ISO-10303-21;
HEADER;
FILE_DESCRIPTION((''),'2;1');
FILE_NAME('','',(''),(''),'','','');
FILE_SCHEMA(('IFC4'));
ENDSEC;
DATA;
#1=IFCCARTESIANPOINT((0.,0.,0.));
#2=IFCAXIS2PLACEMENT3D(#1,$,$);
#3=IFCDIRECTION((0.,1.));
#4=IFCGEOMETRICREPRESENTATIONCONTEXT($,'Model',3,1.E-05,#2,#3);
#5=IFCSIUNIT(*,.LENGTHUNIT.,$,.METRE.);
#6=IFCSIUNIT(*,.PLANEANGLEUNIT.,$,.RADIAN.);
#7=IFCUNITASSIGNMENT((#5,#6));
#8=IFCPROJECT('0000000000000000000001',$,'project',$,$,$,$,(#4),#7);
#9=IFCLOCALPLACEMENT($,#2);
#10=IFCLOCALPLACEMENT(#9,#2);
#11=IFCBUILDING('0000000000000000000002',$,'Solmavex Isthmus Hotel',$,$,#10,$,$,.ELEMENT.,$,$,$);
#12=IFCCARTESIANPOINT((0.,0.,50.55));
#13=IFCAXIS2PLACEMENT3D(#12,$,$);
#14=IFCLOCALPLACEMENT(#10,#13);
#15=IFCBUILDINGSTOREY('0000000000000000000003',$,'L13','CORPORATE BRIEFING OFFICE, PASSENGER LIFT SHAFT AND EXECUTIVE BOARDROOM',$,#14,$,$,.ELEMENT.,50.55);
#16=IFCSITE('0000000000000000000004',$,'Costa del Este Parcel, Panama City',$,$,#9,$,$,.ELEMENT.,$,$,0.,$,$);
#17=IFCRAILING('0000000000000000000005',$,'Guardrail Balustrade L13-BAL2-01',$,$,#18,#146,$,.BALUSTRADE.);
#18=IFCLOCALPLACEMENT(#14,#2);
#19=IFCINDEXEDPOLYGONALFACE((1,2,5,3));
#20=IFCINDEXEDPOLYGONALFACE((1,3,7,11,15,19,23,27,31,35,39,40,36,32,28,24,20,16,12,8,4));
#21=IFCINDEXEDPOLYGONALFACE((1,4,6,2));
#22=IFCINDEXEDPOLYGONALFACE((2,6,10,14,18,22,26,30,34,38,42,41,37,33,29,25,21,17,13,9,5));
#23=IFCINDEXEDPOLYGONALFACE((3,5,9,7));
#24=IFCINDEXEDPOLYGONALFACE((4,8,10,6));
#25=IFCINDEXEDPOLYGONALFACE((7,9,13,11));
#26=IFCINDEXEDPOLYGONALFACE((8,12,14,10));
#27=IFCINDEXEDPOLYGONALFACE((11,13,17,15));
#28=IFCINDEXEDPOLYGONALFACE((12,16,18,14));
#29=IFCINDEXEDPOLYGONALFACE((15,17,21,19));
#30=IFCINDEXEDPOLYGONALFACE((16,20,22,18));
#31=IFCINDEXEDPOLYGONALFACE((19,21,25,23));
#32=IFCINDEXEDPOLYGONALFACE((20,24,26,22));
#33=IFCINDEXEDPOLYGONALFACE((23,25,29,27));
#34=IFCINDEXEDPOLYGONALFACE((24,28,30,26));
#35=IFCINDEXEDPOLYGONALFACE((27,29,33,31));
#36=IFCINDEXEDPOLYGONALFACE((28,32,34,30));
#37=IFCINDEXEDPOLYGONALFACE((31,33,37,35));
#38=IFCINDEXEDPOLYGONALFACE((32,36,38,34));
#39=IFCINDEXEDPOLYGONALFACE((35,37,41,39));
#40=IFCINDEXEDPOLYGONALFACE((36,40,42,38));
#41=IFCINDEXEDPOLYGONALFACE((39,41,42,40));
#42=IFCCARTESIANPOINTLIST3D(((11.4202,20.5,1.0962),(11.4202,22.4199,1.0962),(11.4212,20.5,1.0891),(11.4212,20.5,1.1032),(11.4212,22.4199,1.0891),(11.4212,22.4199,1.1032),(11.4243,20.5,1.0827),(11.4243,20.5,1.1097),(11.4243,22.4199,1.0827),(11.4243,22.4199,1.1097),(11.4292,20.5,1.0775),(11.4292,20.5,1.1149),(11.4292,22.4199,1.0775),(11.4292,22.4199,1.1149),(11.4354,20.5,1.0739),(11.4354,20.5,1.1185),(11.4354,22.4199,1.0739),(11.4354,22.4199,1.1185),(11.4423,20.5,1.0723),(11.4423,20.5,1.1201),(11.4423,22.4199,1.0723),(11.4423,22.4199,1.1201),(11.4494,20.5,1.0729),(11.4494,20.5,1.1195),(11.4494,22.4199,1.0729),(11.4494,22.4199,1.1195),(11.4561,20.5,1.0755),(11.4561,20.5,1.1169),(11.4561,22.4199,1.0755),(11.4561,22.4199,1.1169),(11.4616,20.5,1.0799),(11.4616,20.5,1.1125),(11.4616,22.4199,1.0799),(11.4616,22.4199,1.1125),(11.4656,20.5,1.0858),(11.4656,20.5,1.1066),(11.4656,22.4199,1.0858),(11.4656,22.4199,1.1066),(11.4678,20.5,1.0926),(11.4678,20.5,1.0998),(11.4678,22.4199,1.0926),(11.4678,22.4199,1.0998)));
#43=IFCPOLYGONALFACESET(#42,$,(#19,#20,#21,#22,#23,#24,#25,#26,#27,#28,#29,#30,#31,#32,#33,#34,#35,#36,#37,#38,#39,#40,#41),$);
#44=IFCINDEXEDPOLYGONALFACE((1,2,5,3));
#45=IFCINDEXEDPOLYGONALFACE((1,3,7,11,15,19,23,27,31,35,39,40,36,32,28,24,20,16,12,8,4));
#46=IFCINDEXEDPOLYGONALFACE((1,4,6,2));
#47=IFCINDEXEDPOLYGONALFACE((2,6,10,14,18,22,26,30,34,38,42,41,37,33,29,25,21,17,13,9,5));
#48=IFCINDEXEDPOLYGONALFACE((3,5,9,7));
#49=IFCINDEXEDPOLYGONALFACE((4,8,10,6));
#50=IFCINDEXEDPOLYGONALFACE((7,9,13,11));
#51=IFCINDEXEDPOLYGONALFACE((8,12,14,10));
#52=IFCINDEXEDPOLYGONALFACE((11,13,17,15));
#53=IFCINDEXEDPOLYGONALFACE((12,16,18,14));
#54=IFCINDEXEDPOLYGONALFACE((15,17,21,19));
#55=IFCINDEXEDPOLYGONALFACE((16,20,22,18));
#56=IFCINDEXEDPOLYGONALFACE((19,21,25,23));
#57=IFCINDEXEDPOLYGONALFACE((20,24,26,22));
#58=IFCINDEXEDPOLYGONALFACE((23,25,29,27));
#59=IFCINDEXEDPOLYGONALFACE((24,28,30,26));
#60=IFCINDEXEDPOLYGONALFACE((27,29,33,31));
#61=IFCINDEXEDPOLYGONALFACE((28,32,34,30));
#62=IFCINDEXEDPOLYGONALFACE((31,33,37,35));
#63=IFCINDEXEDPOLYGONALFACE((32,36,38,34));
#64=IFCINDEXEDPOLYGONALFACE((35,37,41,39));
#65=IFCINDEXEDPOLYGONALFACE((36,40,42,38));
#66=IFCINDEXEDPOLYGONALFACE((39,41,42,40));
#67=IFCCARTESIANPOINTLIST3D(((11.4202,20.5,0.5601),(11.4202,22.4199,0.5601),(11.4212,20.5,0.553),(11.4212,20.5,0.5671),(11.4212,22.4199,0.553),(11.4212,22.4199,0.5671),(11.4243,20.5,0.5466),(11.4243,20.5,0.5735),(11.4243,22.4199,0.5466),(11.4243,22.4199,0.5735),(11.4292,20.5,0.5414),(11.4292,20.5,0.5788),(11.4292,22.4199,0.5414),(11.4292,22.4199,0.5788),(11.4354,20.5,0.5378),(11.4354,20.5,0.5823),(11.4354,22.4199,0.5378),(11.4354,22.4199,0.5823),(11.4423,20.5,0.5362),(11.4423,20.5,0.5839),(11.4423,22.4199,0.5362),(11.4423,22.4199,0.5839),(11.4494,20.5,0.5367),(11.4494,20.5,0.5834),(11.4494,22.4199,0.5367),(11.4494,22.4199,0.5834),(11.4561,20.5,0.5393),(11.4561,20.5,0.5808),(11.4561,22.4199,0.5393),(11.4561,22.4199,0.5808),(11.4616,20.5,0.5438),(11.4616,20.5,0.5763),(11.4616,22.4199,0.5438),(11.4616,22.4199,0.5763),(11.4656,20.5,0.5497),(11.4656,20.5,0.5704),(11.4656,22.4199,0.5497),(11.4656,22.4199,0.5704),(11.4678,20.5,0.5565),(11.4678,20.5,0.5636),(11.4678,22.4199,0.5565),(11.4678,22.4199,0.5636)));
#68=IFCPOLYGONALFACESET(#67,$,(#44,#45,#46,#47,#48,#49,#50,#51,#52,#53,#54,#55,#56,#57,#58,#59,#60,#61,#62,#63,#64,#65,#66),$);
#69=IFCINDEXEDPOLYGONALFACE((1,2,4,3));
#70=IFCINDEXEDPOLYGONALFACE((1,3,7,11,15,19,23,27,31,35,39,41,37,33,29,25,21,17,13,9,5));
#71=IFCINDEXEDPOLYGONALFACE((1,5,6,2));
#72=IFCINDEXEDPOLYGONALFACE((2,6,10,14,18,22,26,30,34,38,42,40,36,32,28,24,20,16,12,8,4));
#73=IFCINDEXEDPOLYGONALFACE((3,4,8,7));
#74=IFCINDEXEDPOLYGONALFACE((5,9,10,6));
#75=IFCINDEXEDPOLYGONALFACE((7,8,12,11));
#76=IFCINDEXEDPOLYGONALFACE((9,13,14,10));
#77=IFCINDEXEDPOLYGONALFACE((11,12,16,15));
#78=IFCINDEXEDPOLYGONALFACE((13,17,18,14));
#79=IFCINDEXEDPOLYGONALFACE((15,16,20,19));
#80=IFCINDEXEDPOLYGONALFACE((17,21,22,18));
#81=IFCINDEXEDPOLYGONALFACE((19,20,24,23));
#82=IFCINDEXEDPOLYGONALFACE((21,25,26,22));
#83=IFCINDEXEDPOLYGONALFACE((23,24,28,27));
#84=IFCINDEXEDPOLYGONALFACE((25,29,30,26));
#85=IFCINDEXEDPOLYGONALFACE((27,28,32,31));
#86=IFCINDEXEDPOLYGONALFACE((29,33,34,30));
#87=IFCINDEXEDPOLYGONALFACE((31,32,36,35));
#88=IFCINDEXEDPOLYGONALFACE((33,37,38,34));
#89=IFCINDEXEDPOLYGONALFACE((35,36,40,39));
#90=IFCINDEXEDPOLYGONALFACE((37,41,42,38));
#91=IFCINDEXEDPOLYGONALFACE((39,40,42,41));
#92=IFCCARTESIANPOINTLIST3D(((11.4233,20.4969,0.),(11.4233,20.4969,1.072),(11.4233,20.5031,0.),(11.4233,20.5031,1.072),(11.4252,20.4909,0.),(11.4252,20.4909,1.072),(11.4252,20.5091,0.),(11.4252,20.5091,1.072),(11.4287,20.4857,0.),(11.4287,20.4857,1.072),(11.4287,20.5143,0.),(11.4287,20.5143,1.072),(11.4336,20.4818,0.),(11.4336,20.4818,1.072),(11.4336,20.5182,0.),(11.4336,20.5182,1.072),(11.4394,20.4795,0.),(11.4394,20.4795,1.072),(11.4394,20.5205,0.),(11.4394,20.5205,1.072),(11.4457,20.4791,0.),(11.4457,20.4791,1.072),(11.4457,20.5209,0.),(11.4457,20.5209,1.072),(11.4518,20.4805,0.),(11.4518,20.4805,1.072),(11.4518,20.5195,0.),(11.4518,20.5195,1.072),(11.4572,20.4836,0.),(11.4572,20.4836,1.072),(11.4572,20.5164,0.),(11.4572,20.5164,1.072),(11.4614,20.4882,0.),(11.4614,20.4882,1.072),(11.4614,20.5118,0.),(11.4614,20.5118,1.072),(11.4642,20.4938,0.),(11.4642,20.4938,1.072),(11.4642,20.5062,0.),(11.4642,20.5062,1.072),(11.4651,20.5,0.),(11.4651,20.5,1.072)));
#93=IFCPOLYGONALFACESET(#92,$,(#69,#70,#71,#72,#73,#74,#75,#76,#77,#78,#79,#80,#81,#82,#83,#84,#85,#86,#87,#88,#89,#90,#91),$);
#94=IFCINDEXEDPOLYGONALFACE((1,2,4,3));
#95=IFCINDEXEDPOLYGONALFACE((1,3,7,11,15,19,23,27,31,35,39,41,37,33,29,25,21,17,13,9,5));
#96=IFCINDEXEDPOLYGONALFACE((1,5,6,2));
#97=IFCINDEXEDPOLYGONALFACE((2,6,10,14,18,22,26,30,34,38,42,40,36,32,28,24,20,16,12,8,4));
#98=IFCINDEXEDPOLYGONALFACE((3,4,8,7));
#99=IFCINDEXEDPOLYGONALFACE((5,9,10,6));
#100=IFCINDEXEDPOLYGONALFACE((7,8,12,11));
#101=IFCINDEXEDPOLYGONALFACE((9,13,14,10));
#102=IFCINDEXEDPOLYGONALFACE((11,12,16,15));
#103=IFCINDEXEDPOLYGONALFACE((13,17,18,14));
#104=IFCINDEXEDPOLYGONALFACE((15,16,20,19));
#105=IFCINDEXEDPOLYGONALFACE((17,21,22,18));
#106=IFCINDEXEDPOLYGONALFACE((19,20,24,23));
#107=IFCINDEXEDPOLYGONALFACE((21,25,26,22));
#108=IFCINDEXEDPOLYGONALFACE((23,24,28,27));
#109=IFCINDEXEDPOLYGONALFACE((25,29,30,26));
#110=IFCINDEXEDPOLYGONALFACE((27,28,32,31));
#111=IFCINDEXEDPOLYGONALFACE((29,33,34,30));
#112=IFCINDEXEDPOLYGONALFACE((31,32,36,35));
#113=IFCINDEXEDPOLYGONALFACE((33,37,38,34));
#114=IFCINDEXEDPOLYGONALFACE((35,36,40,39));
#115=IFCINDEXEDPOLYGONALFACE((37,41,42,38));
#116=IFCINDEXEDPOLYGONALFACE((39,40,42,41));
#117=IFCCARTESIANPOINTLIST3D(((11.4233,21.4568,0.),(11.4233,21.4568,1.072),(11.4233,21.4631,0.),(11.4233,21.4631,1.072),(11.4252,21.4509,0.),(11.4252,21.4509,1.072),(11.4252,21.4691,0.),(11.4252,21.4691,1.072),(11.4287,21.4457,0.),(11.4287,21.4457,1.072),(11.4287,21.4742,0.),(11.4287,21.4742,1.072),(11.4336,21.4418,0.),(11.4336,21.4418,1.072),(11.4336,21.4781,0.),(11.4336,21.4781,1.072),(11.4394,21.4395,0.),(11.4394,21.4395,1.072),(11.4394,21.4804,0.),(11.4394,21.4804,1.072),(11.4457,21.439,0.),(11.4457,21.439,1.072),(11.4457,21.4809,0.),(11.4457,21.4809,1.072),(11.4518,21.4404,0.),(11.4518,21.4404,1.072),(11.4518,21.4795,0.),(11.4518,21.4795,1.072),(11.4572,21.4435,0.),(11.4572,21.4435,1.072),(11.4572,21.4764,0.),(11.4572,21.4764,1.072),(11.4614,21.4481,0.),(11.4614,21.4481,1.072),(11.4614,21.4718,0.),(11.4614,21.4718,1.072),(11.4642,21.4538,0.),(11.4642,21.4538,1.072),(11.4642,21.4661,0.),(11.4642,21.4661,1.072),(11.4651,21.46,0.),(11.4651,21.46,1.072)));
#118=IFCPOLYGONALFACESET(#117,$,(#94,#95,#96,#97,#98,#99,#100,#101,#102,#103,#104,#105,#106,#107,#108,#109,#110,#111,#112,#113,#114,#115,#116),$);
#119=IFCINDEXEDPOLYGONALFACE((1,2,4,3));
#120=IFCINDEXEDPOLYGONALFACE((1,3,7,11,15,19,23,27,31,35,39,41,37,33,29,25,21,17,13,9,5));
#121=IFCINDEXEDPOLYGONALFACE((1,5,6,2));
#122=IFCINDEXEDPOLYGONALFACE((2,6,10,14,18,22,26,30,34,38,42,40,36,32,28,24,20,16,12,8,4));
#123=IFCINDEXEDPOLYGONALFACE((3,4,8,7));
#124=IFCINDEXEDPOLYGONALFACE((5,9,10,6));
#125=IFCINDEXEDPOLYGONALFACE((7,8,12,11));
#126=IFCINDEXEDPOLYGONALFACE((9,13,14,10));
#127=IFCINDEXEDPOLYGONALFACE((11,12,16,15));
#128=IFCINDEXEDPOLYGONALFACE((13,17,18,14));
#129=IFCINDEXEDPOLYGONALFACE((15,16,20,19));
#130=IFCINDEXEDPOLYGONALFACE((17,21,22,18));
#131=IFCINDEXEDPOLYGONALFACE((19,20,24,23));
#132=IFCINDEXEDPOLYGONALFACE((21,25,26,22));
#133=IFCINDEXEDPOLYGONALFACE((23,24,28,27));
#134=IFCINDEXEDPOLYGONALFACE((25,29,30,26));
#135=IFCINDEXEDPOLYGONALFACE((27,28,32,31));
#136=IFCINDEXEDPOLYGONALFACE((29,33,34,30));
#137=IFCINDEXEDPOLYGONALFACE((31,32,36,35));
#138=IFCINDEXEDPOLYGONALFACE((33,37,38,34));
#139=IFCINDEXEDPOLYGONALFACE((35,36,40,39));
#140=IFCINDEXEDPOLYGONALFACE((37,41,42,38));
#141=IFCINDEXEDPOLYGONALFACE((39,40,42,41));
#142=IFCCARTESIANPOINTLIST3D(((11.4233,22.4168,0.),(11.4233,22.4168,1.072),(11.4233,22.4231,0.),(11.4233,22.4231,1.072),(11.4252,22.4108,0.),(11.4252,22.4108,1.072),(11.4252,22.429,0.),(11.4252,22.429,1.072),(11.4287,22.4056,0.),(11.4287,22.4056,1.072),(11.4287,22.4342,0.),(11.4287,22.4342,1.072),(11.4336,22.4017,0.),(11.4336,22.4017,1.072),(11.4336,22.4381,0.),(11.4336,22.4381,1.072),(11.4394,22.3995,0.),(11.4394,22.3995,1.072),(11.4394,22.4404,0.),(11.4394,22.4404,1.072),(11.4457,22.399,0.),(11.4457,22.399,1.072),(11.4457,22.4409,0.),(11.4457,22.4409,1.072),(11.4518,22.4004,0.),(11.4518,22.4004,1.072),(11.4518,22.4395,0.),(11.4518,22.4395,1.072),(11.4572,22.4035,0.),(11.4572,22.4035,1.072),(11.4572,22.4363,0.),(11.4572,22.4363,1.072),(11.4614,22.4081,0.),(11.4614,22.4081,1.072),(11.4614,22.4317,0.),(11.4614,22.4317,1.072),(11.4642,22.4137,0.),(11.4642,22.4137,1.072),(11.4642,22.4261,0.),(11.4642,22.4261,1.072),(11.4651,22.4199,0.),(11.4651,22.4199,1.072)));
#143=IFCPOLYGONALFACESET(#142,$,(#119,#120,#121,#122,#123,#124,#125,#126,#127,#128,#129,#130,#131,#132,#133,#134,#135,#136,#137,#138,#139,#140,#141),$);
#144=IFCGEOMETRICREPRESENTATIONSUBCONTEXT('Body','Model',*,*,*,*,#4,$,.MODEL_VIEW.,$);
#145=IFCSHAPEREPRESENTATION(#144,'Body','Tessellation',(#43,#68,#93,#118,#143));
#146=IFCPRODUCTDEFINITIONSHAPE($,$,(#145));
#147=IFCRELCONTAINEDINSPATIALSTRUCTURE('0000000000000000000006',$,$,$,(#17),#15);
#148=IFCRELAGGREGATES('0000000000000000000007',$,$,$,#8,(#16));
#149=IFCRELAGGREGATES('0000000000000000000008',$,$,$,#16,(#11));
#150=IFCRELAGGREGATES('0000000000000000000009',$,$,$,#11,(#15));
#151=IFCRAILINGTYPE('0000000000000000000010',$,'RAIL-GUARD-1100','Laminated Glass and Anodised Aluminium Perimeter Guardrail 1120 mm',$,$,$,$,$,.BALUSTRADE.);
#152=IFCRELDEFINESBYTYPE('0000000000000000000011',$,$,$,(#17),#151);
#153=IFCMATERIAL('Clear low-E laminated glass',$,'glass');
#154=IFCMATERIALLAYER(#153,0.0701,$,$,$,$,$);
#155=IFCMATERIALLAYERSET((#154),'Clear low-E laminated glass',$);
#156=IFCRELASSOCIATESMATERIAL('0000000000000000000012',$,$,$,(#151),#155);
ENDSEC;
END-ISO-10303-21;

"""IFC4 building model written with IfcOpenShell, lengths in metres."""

from ifc_helpers import new_model, si_unit, direction, frame, origin, origin_2d, place, context, subcontext, project, spatial, circle, extrude, material, layer, layer_set, type_object, element, save


model = new_model("IFC4")

# Units and contexts
model_context = context("Model", 3, precision=1e-05, world=origin(), true_north=direction((0.0, 1.0)))
body_context = subcontext(model_context, "Body", "Model", "MODEL_VIEW")
ifc_project = project(units=[si_unit("LENGTHUNIT", "METRE"), si_unit("PLANEANGLEUNIT", "RADIAN")], contexts=[model_context])

# Site, building, storey
site_placement = place(None, origin())
site = spatial("IfcSite", under=ifc_project, at=site_placement, Name="Costa del Este Parcel, Panama City", CompositionType="ELEMENT", RefElevation=0.0)
building_placement = place(site_placement, origin())
building = spatial("IfcBuilding", under=site, at=building_placement, Name="Solmavex Isthmus Hotel", CompositionType="ELEMENT")
storey_placement = place(building_placement, frame((0.0, 0.0, 50.55)))
storey = spatial("IfcBuildingStorey", under=building, at=storey_placement, Name="L13", Description="CORPORATE BRIEFING OFFICE, PASSENGER LIFT SHAFT AND EXECUTIVE BOARDROOM", CompositionType="ELEMENT", Elevation=50.55)

# Shared definitions
ifc_material_1 = material(Name="Clear low-E laminated glass", Category="glass")

# Railing
ifc_layer_1 = layer(ifc_material_1, 0.0701)
ifc_layer_set_1 = layer_set([ifc_layer_1], Name="Clear low-E laminated glass")
railing_type = type_object("IfcRailingType", Name="RAIL-GUARD-1100", Description="Laminated Glass and Anodised Aluminium Perimeter Guardrail 1120 mm", PredefinedType="BALUSTRADE", material=ifc_layer_set_1)
railing_1_placement = place(storey_placement, frame((11.4441, 20.5, 0.0)))
element("IfcRailing", 1, at=railing_1_placement, inside=storey, type_object=railing_type, Name="Guardrail Balustrade L13-BAL2-01", PredefinedType="BALUSTRADE", context=body_context, shape_type="SweptSolid", body=[
    extrude(circle(Radius=0.0239, at=origin_2d()), frame((0.0, 0.0, 1.0962), z_axis=(0.0, 1.0, 0.0), x_axis=(-1.0, 0.0, 0.0)), (0.0, 0.0, 1.0), 1.9199),
    extrude(circle(Radius=0.0239, at=origin_2d()), frame((0.0, 0.0, 0.5601), z_axis=(0.0, 1.0, 0.0), x_axis=(-1.0, 0.0, 0.0)), (0.0, 0.0, 1.0), 1.9199),
    extrude(circle(Radius=0.021, at=origin_2d()), origin(), (0.0, 0.0, 1.0), 1.072),
    extrude(circle(Radius=0.021, at=origin_2d()), frame((0.0, 0.96, 0.0)), (0.0, 0.0, 1.0), 1.072),
    extrude(circle(Radius=0.021, at=origin_2d()), frame((0.0, 1.9199, 0.0)), (0.0, 0.0, 1.0), 1.072),
])

save(model, "model.ifc")
